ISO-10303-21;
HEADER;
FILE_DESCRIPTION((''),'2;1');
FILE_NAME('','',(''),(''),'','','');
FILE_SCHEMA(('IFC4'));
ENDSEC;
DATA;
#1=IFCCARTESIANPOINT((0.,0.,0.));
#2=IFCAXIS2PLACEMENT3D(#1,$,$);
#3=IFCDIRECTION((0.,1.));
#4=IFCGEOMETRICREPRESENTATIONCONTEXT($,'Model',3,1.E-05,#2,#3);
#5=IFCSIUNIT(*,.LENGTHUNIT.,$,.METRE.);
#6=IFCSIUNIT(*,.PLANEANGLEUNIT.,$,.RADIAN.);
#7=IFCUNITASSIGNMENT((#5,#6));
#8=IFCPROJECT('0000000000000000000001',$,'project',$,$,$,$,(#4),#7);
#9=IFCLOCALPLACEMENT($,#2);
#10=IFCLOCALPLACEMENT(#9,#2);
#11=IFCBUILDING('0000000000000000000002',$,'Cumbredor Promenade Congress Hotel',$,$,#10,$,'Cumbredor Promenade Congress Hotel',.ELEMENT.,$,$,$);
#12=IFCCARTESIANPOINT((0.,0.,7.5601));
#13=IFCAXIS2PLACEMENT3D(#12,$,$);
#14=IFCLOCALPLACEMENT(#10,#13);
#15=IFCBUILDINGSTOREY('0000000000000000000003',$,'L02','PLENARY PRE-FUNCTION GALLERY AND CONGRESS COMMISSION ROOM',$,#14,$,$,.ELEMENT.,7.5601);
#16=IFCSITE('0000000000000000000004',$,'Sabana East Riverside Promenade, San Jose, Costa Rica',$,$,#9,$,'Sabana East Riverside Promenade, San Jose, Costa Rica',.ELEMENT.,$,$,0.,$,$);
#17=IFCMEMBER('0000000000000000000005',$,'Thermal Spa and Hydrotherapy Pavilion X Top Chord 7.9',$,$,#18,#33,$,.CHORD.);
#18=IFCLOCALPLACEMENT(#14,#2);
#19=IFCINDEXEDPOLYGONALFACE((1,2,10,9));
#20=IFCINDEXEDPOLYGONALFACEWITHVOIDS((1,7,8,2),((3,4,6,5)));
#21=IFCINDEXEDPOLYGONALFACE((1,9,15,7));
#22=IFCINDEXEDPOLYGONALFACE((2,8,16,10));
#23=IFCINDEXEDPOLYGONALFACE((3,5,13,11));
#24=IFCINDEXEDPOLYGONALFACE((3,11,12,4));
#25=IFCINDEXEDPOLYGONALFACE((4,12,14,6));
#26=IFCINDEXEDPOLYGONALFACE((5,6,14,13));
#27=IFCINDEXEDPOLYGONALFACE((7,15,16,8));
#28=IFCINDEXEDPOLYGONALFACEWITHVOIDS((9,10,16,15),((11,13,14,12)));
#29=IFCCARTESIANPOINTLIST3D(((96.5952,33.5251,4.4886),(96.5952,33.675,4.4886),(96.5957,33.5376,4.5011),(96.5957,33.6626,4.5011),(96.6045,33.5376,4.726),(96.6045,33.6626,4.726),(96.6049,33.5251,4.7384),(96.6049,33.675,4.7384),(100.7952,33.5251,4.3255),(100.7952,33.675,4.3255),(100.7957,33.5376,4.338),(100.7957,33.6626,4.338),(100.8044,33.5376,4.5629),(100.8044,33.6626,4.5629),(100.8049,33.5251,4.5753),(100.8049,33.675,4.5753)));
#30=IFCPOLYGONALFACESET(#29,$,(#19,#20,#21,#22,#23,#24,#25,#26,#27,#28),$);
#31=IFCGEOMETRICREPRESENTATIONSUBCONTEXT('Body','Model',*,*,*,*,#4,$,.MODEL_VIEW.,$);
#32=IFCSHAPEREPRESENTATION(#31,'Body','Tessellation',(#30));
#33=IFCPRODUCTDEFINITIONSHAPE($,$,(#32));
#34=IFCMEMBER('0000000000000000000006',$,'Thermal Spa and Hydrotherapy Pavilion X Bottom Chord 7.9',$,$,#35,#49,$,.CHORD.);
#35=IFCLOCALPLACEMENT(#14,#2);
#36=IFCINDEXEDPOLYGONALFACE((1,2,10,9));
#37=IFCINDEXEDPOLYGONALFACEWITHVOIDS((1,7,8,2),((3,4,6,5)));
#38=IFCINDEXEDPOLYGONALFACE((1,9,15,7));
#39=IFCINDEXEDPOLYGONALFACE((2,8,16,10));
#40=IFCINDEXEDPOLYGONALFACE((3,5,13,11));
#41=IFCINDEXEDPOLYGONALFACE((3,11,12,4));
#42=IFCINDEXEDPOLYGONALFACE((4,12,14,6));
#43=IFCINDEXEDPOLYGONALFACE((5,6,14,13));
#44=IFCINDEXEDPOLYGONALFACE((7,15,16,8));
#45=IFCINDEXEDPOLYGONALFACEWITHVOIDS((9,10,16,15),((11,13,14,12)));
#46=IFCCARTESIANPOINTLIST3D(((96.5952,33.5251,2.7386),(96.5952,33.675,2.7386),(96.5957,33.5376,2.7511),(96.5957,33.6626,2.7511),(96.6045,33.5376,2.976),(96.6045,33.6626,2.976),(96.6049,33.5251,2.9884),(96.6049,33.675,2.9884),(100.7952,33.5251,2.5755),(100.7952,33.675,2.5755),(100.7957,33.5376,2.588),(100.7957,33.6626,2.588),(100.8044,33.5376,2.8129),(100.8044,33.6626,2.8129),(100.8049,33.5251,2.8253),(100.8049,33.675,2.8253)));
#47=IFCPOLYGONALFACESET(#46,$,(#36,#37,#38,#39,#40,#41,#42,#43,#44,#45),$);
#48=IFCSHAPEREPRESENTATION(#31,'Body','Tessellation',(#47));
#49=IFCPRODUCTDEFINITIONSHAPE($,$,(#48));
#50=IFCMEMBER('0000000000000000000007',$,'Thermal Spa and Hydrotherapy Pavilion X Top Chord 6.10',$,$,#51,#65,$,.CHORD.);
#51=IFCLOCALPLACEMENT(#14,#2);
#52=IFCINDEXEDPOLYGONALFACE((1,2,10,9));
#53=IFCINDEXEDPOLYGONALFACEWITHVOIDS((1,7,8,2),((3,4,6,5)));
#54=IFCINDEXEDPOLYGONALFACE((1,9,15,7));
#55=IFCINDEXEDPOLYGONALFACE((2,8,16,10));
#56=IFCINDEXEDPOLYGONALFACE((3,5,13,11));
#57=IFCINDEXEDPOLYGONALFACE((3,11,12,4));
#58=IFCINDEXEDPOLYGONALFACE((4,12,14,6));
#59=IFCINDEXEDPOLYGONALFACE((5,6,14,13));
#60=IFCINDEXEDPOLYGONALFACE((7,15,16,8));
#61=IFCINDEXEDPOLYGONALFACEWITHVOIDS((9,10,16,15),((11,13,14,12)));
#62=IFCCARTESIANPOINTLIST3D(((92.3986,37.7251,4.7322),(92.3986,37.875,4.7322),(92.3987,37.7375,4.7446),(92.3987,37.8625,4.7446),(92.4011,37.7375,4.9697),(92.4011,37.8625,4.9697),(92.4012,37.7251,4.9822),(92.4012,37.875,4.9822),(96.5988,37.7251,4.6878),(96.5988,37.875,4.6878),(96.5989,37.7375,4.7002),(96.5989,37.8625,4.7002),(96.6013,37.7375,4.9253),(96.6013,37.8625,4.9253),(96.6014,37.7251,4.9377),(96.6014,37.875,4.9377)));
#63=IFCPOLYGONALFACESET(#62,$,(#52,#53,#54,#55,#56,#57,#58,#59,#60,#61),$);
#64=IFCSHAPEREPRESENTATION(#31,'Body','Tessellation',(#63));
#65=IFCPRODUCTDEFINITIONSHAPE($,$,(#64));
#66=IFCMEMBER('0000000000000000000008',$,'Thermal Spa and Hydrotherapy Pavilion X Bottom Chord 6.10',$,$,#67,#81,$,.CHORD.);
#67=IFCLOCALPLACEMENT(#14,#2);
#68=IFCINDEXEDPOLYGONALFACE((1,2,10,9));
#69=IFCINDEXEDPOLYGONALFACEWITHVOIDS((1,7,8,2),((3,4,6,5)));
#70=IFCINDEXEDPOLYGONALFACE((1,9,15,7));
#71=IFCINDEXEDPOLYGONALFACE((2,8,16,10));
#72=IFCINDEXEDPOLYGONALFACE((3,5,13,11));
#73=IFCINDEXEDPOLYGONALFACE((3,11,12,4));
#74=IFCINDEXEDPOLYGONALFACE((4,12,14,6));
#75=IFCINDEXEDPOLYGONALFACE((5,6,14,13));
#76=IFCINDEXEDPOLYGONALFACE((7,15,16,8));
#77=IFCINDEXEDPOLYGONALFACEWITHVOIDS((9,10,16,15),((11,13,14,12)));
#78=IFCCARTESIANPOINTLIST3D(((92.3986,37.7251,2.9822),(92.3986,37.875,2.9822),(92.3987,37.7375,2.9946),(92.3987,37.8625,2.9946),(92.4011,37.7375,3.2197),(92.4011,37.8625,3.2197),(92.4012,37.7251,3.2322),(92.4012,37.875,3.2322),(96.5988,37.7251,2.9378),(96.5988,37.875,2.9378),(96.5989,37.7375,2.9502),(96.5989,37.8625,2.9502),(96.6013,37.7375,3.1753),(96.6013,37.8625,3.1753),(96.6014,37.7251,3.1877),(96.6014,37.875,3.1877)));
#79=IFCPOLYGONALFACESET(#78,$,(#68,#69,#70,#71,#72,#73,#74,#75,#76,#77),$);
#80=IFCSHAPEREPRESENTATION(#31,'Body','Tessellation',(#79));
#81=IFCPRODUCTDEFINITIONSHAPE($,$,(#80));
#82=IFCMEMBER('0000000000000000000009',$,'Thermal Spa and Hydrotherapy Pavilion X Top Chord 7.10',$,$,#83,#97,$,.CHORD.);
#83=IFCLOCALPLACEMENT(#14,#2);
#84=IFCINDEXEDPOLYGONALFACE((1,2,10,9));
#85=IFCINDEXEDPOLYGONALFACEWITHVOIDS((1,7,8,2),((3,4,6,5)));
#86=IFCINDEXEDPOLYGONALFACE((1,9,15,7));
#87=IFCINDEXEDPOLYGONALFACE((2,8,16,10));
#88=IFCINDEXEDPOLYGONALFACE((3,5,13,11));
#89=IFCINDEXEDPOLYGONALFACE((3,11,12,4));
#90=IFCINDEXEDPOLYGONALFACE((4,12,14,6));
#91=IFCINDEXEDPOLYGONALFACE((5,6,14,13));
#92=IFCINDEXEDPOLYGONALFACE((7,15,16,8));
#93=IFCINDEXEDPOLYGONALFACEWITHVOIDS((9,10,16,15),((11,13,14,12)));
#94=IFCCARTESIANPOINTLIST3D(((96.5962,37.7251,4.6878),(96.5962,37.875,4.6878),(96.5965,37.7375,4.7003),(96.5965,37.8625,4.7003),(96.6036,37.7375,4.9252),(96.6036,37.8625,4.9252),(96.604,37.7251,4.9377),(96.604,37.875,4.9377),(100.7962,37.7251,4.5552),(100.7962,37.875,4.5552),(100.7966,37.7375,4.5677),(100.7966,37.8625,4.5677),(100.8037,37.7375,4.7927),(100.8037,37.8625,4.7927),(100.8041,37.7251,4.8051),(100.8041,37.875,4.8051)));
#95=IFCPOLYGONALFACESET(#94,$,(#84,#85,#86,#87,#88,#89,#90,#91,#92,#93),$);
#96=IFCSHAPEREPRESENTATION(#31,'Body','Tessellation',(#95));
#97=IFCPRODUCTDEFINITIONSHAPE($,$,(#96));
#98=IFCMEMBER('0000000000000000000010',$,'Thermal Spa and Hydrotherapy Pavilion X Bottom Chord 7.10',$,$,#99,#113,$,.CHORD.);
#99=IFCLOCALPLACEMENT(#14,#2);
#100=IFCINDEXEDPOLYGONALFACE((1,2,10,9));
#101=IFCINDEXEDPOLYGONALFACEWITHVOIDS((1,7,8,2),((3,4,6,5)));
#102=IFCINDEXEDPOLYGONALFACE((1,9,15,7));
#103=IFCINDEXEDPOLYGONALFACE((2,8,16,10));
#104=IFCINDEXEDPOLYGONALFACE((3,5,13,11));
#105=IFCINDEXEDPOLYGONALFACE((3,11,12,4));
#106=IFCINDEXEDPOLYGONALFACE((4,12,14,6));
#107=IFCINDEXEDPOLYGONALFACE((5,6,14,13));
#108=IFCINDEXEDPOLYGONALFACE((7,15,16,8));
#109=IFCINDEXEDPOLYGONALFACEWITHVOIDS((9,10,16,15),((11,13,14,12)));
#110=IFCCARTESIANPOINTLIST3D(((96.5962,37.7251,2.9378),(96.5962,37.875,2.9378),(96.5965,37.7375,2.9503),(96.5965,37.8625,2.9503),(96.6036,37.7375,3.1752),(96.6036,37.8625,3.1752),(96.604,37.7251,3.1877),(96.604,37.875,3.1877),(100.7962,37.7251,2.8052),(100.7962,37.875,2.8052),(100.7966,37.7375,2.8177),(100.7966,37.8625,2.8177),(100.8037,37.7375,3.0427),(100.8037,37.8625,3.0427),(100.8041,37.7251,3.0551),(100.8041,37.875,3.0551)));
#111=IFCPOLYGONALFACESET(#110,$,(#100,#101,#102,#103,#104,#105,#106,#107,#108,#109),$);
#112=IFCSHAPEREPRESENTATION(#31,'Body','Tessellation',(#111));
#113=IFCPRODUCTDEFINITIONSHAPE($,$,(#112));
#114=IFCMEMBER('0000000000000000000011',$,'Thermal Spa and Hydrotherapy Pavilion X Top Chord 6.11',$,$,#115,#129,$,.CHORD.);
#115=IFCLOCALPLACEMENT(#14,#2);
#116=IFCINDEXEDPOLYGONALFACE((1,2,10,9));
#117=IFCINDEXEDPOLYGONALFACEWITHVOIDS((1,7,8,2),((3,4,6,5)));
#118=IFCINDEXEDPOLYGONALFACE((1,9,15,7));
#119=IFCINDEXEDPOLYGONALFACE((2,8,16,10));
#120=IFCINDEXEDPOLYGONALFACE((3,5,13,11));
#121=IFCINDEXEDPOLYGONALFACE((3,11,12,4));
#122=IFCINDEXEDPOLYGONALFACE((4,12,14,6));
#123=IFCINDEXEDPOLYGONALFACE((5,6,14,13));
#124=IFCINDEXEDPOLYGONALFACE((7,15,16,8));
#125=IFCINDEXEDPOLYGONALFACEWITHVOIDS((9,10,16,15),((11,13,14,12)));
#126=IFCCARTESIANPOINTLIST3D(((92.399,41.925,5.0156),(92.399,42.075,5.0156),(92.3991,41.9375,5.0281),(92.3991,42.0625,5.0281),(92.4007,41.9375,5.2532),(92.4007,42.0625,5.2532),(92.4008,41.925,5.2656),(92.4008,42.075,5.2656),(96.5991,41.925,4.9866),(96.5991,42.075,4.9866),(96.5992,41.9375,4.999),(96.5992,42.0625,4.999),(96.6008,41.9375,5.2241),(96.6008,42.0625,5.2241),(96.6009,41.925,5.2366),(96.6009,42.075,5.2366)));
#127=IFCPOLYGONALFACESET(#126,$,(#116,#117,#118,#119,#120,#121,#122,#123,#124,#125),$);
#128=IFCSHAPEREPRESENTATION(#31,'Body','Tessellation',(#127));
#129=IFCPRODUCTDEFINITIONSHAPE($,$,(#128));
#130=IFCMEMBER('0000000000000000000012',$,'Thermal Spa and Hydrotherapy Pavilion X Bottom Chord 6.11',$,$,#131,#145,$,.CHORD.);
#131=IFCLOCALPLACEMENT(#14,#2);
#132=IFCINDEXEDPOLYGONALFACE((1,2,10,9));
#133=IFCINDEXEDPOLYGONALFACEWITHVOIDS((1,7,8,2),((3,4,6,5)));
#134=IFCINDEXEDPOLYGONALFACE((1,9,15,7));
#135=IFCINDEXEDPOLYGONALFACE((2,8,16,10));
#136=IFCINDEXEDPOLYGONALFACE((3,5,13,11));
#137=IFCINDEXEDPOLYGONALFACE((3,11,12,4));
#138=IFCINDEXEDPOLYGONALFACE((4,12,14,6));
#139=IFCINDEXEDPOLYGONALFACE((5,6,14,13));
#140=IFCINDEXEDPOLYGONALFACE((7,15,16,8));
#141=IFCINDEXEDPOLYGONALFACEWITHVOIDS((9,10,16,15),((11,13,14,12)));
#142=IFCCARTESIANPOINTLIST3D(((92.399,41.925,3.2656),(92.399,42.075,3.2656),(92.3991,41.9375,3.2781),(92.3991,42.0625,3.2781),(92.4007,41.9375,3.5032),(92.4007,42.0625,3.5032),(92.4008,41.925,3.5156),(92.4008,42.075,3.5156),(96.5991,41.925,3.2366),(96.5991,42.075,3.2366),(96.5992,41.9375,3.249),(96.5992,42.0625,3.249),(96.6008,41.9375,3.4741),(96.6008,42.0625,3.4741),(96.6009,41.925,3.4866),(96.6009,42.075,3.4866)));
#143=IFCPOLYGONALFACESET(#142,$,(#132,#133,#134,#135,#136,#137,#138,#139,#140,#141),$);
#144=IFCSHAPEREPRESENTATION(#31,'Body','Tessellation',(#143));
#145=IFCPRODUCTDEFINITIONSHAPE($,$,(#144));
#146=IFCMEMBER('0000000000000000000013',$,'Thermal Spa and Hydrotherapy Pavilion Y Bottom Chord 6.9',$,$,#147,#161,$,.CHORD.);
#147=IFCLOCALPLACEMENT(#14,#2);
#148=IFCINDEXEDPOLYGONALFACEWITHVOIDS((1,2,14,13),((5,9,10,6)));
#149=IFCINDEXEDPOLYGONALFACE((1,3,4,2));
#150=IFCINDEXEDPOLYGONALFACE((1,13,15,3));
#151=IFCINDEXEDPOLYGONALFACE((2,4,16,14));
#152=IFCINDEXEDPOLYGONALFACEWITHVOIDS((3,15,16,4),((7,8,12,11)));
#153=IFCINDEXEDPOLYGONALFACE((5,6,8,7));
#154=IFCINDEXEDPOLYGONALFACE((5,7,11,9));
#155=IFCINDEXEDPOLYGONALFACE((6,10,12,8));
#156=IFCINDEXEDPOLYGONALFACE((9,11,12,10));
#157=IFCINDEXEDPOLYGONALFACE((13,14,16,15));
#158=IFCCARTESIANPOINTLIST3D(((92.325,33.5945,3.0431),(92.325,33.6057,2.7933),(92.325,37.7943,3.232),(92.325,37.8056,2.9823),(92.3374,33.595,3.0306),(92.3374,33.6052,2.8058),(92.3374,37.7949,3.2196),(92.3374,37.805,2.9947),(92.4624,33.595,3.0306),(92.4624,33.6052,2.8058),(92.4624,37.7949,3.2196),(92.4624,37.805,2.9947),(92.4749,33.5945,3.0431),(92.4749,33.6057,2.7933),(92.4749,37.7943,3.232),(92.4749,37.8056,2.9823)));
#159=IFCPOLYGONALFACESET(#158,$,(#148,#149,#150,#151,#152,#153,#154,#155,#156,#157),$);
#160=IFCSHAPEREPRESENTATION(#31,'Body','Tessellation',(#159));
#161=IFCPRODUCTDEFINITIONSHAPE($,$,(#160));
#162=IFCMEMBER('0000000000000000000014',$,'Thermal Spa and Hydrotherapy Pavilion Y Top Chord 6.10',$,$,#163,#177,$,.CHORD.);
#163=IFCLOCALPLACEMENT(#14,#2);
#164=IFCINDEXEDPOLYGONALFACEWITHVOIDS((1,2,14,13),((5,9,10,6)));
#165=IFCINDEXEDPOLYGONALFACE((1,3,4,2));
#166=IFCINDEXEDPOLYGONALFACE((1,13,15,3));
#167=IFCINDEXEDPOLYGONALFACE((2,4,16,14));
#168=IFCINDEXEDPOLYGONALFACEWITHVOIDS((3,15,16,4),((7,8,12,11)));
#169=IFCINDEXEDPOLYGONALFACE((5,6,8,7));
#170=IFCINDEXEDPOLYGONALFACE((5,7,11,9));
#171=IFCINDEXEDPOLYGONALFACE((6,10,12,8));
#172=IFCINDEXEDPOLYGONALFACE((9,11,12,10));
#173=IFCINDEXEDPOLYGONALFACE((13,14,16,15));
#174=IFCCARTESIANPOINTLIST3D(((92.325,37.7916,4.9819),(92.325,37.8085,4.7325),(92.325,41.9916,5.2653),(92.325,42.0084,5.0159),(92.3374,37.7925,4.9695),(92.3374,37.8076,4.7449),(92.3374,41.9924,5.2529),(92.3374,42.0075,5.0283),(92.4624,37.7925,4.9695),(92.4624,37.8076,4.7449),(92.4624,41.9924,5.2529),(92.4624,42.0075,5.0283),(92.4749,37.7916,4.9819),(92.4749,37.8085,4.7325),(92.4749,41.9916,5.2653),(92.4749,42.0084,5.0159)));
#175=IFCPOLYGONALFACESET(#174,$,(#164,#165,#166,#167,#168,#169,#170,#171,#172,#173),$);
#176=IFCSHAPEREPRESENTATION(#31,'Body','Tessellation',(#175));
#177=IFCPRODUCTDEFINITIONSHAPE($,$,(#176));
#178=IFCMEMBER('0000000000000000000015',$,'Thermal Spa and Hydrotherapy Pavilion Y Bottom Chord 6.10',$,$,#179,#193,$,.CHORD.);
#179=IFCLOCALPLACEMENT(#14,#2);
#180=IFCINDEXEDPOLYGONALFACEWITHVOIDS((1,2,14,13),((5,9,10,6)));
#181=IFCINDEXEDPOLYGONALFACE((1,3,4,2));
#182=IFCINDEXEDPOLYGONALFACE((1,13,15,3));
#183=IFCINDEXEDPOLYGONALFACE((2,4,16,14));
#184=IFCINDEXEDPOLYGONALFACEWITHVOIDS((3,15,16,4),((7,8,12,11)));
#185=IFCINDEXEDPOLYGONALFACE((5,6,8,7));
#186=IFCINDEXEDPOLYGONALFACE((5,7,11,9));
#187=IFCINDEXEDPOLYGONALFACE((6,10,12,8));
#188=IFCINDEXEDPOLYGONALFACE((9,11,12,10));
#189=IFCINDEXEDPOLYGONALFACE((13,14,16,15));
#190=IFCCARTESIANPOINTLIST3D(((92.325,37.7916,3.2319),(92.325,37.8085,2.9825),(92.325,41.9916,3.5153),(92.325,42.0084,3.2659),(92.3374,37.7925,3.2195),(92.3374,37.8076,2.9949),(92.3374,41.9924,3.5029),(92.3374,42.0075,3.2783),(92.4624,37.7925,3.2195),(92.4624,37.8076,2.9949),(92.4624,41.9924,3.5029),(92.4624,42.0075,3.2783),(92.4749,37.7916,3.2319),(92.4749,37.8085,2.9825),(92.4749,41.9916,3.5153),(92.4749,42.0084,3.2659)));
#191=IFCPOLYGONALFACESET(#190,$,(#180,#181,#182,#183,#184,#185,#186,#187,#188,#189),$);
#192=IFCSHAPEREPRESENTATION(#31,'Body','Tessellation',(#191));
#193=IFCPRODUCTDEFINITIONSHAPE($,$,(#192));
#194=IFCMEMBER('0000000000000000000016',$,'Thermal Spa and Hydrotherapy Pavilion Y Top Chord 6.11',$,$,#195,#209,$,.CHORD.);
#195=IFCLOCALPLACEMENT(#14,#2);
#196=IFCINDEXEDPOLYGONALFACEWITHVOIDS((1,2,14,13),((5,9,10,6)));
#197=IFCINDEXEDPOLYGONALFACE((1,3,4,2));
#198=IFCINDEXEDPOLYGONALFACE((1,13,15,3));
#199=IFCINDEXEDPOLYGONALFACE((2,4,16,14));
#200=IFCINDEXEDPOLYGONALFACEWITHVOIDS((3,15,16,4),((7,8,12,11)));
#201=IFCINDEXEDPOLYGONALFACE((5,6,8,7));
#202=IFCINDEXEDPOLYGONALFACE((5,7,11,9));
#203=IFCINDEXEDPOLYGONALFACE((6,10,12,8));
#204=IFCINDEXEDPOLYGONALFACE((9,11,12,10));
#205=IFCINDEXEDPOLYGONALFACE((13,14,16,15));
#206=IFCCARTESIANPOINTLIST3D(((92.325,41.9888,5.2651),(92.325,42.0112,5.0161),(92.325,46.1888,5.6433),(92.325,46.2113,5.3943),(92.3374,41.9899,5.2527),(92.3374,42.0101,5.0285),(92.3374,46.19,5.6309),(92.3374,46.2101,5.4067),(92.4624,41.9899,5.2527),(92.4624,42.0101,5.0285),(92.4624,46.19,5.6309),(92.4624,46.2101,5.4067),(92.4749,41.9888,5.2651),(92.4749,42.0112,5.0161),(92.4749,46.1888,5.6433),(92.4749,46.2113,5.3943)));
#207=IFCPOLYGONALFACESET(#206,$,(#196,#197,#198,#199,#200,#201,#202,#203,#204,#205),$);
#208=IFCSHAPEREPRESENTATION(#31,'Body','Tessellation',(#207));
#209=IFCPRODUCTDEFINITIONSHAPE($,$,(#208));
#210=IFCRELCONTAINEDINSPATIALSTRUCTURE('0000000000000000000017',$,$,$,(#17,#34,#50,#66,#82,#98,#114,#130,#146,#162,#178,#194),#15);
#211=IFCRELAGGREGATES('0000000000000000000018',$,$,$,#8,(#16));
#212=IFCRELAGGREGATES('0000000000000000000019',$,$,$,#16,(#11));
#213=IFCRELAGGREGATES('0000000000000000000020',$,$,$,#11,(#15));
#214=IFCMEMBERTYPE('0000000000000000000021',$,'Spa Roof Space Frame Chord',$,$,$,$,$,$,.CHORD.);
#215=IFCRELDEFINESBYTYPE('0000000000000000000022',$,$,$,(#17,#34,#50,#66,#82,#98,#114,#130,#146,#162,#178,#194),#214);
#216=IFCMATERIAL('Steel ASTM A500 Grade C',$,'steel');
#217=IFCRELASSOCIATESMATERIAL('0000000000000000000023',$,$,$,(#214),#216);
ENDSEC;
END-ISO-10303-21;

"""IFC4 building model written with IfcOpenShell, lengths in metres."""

from ifc_helpers import new_model, si_unit, direction, frame, origin, origin_2d, place, context, subcontext, project, spatial, hollow_rectangle, extrude, material, material_profile, profile_set, type_object, element, save


model = new_model("IFC4")

# Units and contexts
model_context = context("Model", 3, precision=1e-05, world=origin(), true_north=direction((0.0, 1.0)))
body_context = subcontext(model_context, "Body", "Model", "MODEL_VIEW")
ifc_project = project(units=[si_unit("LENGTHUNIT", "METRE"), si_unit("PLANEANGLEUNIT", "RADIAN")], contexts=[model_context])

# Site, building, storey
site_placement = place(None, origin())
site = spatial("IfcSite", under=ifc_project, at=site_placement, Name="Sabana East Riverside Promenade, San Jose, Costa Rica", LongName="Sabana East Riverside Promenade, San Jose, Costa Rica", CompositionType="ELEMENT", RefElevation=0.0)
building_placement = place(site_placement, origin())
building = spatial("IfcBuilding", under=site, at=building_placement, Name="Cumbredor Promenade Congress Hotel", LongName="Cumbredor Promenade Congress Hotel", CompositionType="ELEMENT")
storey_placement = place(building_placement, frame((0.0, 0.0, 7.5601)))
storey = spatial("IfcBuildingStorey", under=building, at=storey_placement, Name="L02", Description="PLENARY PRE-FUNCTION GALLERY AND CONGRESS COMMISSION ROOM", CompositionType="ELEMENT", Elevation=7.5601)

# Members
ifc_material_1 = material(Name="Steel ASTM A500 Grade C", Category="steel")
ifc_material_profile_1 = material_profile(ifc_material_1, hollow_rectangle(XDim=0.1499, YDim=0.25, WallThickness=0.0125, at=origin_2d()), Name="HSS 250x150x12.5")
ifc_profile_set_1 = profile_set([ifc_material_profile_1], Name="Steel ASTM A500 Grade C")
member_type_1 = type_object("IfcMemberType", Name="Spa Roof Space Frame Chord", PredefinedType="CHORD", material=ifc_profile_set_1)
for number, where, z_axis, x_axis, name in (
    (1, (96.6001, 33.6001, 4.6135), (0.999247, 0.0, -0.038801), (0.0, 1.0, 0.0), "Thermal Spa and Hydrotherapy Pavilion X Top Chord 7.9"),
    (2, (96.6001, 33.6001, 2.8635), (0.999247, 0.0, -0.038801), (0.0, 1.0, 0.0), "Thermal Spa and Hydrotherapy Pavilion X Bottom Chord 7.9"),
):
    element("IfcMember", number, at=place(storey_placement, frame(where, z_axis=z_axis, x_axis=x_axis)), inside=storey, type_object=member_type_1, Name=name, PredefinedType="CHORD", context=body_context, shape_type="SweptSolid", body=[
        extrude(hollow_rectangle(XDim=0.1499, YDim=0.25, WallThickness=0.0125, at=origin_2d()), origin(), (0.0, 0.0, 1.0), 4.2031),
    ])
for number, where, z_axis, x_axis, name in (
    (3, (92.3999, 37.8, 4.8572), (0.999944, 0.0, -0.010578), (0.0, 1.0, 0.0), "Thermal Spa and Hydrotherapy Pavilion X Top Chord 6.10"),
    (4, (92.3999, 37.8, 3.1072), (0.999944, 0.0, -0.010578), (0.0, 1.0, 0.0), "Thermal Spa and Hydrotherapy Pavilion X Bottom Chord 6.10"),
):
    element("IfcMember", number, at=place(storey_placement, frame(where, z_axis=z_axis, x_axis=x_axis)), inside=storey, type_object=member_type_1, Name=name, PredefinedType="CHORD", context=body_context, shape_type="SweptSolid", body=[
        extrude(hollow_rectangle(XDim=0.1499, YDim=0.25, WallThickness=0.0125, at=origin_2d()), origin(), (0.0, 0.0, 1.0), 4.2004),
    ])
for number, where, z_axis, x_axis, name in (
    (5, (96.6001, 37.8, 4.8127), (0.999502, 0.0, -0.031549), (0.0, 1.0, 0.0), "Thermal Spa and Hydrotherapy Pavilion X Top Chord 7.10"),
    (6, (96.6001, 37.8, 3.0627), (0.999502, 0.0, -0.031549), (0.0, 1.0, 0.0), "Thermal Spa and Hydrotherapy Pavilion X Bottom Chord 7.10"),
):
    element("IfcMember", number, at=place(storey_placement, frame(where, z_axis=z_axis, x_axis=x_axis)), inside=storey, type_object=member_type_1, Name=name, PredefinedType="CHORD", context=body_context, shape_type="SweptSolid", body=[
        extrude(hollow_rectangle(XDim=0.1499, YDim=0.25, WallThickness=0.0125, at=origin_2d()), origin(), (0.0, 0.0, 1.0), 4.2021),
    ])
for number, where, z_axis, x_axis, name in (
    (7, (92.3999, 42.0, 5.1406), (0.999976, 0.0, -0.006917), (0.0, 1.0, 0.0), "Thermal Spa and Hydrotherapy Pavilion X Top Chord 6.11"),
    (8, (92.3999, 42.0, 3.3906), (0.999976, 0.0, -0.006917), (0.0, 1.0, 0.0), "Thermal Spa and Hydrotherapy Pavilion X Bottom Chord 6.11"),
):
    element("IfcMember", number, at=place(storey_placement, frame(where, z_axis=z_axis, x_axis=x_axis)), inside=storey, type_object=member_type_1, Name=name, PredefinedType="CHORD", context=body_context, shape_type="SweptSolid", body=[
        extrude(hollow_rectangle(XDim=0.1499, YDim=0.25, WallThickness=0.0125, at=origin_2d()), origin(), (0.0, 0.0, 1.0), 4.2002),
    ])
member_1_placement = place(storey_placement, frame((92.3999, 33.6001, 2.9182), z_axis=(0.0, 0.998989, 0.044947), x_axis=(-1.0, 0.0, 0.0)))
element("IfcMember", 9, at=member_1_placement, inside=storey, type_object=member_type_1, Name="Thermal Spa and Hydrotherapy Pavilion Y Bottom Chord 6.9", PredefinedType="CHORD", context=body_context, shape_type="SweptSolid", body=[
    extrude(hollow_rectangle(XDim=0.1499, YDim=0.25, WallThickness=0.0125, at=origin_2d()), origin(), (0.0, 0.0, 1.0), 4.2041),
])
for number, where, z_axis, x_axis, name in (
    (10, (92.3999, 37.8, 4.8572), (0.0, 0.99773, 0.067335), (-1.0, 0.0, 0.0), "Thermal Spa and Hydrotherapy Pavilion Y Top Chord 6.10"),
    (11, (92.3999, 37.8, 3.1072), (0.0, 0.99773, 0.067335), (-1.0, 0.0, 0.0), "Thermal Spa and Hydrotherapy Pavilion Y Bottom Chord 6.10"),
):
    element("IfcMember", number, at=place(storey_placement, frame(where, z_axis=z_axis, x_axis=x_axis)), inside=storey, type_object=member_type_1, Name=name, PredefinedType="CHORD", context=body_context, shape_type="SweptSolid", body=[
        extrude(hollow_rectangle(XDim=0.1499, YDim=0.25, WallThickness=0.0125, at=origin_2d()), origin(), (0.0, 0.0, 1.0), 4.2095),
    ])
for number, where, z_axis, x_axis, name in (
    (12, (92.3999, 42.0, 5.1406), (0.0, 0.995971, 0.08968), (-1.0, 0.0, 0.0), "Thermal Spa and Hydrotherapy Pavilion Y Top Chord 6.11"),
):
    element("IfcMember", number, at=place(storey_placement, frame(where, z_axis=z_axis, x_axis=x_axis)), inside=storey, type_object=member_type_1, Name=name, PredefinedType="CHORD", context=body_context, shape_type="SweptSolid", body=[
        extrude(hollow_rectangle(XDim=0.1499, YDim=0.25, WallThickness=0.0125, at=origin_2d()), origin(), (0.0, 0.0, 1.0), 4.217),
    ])

save(model, "model.ifc")
